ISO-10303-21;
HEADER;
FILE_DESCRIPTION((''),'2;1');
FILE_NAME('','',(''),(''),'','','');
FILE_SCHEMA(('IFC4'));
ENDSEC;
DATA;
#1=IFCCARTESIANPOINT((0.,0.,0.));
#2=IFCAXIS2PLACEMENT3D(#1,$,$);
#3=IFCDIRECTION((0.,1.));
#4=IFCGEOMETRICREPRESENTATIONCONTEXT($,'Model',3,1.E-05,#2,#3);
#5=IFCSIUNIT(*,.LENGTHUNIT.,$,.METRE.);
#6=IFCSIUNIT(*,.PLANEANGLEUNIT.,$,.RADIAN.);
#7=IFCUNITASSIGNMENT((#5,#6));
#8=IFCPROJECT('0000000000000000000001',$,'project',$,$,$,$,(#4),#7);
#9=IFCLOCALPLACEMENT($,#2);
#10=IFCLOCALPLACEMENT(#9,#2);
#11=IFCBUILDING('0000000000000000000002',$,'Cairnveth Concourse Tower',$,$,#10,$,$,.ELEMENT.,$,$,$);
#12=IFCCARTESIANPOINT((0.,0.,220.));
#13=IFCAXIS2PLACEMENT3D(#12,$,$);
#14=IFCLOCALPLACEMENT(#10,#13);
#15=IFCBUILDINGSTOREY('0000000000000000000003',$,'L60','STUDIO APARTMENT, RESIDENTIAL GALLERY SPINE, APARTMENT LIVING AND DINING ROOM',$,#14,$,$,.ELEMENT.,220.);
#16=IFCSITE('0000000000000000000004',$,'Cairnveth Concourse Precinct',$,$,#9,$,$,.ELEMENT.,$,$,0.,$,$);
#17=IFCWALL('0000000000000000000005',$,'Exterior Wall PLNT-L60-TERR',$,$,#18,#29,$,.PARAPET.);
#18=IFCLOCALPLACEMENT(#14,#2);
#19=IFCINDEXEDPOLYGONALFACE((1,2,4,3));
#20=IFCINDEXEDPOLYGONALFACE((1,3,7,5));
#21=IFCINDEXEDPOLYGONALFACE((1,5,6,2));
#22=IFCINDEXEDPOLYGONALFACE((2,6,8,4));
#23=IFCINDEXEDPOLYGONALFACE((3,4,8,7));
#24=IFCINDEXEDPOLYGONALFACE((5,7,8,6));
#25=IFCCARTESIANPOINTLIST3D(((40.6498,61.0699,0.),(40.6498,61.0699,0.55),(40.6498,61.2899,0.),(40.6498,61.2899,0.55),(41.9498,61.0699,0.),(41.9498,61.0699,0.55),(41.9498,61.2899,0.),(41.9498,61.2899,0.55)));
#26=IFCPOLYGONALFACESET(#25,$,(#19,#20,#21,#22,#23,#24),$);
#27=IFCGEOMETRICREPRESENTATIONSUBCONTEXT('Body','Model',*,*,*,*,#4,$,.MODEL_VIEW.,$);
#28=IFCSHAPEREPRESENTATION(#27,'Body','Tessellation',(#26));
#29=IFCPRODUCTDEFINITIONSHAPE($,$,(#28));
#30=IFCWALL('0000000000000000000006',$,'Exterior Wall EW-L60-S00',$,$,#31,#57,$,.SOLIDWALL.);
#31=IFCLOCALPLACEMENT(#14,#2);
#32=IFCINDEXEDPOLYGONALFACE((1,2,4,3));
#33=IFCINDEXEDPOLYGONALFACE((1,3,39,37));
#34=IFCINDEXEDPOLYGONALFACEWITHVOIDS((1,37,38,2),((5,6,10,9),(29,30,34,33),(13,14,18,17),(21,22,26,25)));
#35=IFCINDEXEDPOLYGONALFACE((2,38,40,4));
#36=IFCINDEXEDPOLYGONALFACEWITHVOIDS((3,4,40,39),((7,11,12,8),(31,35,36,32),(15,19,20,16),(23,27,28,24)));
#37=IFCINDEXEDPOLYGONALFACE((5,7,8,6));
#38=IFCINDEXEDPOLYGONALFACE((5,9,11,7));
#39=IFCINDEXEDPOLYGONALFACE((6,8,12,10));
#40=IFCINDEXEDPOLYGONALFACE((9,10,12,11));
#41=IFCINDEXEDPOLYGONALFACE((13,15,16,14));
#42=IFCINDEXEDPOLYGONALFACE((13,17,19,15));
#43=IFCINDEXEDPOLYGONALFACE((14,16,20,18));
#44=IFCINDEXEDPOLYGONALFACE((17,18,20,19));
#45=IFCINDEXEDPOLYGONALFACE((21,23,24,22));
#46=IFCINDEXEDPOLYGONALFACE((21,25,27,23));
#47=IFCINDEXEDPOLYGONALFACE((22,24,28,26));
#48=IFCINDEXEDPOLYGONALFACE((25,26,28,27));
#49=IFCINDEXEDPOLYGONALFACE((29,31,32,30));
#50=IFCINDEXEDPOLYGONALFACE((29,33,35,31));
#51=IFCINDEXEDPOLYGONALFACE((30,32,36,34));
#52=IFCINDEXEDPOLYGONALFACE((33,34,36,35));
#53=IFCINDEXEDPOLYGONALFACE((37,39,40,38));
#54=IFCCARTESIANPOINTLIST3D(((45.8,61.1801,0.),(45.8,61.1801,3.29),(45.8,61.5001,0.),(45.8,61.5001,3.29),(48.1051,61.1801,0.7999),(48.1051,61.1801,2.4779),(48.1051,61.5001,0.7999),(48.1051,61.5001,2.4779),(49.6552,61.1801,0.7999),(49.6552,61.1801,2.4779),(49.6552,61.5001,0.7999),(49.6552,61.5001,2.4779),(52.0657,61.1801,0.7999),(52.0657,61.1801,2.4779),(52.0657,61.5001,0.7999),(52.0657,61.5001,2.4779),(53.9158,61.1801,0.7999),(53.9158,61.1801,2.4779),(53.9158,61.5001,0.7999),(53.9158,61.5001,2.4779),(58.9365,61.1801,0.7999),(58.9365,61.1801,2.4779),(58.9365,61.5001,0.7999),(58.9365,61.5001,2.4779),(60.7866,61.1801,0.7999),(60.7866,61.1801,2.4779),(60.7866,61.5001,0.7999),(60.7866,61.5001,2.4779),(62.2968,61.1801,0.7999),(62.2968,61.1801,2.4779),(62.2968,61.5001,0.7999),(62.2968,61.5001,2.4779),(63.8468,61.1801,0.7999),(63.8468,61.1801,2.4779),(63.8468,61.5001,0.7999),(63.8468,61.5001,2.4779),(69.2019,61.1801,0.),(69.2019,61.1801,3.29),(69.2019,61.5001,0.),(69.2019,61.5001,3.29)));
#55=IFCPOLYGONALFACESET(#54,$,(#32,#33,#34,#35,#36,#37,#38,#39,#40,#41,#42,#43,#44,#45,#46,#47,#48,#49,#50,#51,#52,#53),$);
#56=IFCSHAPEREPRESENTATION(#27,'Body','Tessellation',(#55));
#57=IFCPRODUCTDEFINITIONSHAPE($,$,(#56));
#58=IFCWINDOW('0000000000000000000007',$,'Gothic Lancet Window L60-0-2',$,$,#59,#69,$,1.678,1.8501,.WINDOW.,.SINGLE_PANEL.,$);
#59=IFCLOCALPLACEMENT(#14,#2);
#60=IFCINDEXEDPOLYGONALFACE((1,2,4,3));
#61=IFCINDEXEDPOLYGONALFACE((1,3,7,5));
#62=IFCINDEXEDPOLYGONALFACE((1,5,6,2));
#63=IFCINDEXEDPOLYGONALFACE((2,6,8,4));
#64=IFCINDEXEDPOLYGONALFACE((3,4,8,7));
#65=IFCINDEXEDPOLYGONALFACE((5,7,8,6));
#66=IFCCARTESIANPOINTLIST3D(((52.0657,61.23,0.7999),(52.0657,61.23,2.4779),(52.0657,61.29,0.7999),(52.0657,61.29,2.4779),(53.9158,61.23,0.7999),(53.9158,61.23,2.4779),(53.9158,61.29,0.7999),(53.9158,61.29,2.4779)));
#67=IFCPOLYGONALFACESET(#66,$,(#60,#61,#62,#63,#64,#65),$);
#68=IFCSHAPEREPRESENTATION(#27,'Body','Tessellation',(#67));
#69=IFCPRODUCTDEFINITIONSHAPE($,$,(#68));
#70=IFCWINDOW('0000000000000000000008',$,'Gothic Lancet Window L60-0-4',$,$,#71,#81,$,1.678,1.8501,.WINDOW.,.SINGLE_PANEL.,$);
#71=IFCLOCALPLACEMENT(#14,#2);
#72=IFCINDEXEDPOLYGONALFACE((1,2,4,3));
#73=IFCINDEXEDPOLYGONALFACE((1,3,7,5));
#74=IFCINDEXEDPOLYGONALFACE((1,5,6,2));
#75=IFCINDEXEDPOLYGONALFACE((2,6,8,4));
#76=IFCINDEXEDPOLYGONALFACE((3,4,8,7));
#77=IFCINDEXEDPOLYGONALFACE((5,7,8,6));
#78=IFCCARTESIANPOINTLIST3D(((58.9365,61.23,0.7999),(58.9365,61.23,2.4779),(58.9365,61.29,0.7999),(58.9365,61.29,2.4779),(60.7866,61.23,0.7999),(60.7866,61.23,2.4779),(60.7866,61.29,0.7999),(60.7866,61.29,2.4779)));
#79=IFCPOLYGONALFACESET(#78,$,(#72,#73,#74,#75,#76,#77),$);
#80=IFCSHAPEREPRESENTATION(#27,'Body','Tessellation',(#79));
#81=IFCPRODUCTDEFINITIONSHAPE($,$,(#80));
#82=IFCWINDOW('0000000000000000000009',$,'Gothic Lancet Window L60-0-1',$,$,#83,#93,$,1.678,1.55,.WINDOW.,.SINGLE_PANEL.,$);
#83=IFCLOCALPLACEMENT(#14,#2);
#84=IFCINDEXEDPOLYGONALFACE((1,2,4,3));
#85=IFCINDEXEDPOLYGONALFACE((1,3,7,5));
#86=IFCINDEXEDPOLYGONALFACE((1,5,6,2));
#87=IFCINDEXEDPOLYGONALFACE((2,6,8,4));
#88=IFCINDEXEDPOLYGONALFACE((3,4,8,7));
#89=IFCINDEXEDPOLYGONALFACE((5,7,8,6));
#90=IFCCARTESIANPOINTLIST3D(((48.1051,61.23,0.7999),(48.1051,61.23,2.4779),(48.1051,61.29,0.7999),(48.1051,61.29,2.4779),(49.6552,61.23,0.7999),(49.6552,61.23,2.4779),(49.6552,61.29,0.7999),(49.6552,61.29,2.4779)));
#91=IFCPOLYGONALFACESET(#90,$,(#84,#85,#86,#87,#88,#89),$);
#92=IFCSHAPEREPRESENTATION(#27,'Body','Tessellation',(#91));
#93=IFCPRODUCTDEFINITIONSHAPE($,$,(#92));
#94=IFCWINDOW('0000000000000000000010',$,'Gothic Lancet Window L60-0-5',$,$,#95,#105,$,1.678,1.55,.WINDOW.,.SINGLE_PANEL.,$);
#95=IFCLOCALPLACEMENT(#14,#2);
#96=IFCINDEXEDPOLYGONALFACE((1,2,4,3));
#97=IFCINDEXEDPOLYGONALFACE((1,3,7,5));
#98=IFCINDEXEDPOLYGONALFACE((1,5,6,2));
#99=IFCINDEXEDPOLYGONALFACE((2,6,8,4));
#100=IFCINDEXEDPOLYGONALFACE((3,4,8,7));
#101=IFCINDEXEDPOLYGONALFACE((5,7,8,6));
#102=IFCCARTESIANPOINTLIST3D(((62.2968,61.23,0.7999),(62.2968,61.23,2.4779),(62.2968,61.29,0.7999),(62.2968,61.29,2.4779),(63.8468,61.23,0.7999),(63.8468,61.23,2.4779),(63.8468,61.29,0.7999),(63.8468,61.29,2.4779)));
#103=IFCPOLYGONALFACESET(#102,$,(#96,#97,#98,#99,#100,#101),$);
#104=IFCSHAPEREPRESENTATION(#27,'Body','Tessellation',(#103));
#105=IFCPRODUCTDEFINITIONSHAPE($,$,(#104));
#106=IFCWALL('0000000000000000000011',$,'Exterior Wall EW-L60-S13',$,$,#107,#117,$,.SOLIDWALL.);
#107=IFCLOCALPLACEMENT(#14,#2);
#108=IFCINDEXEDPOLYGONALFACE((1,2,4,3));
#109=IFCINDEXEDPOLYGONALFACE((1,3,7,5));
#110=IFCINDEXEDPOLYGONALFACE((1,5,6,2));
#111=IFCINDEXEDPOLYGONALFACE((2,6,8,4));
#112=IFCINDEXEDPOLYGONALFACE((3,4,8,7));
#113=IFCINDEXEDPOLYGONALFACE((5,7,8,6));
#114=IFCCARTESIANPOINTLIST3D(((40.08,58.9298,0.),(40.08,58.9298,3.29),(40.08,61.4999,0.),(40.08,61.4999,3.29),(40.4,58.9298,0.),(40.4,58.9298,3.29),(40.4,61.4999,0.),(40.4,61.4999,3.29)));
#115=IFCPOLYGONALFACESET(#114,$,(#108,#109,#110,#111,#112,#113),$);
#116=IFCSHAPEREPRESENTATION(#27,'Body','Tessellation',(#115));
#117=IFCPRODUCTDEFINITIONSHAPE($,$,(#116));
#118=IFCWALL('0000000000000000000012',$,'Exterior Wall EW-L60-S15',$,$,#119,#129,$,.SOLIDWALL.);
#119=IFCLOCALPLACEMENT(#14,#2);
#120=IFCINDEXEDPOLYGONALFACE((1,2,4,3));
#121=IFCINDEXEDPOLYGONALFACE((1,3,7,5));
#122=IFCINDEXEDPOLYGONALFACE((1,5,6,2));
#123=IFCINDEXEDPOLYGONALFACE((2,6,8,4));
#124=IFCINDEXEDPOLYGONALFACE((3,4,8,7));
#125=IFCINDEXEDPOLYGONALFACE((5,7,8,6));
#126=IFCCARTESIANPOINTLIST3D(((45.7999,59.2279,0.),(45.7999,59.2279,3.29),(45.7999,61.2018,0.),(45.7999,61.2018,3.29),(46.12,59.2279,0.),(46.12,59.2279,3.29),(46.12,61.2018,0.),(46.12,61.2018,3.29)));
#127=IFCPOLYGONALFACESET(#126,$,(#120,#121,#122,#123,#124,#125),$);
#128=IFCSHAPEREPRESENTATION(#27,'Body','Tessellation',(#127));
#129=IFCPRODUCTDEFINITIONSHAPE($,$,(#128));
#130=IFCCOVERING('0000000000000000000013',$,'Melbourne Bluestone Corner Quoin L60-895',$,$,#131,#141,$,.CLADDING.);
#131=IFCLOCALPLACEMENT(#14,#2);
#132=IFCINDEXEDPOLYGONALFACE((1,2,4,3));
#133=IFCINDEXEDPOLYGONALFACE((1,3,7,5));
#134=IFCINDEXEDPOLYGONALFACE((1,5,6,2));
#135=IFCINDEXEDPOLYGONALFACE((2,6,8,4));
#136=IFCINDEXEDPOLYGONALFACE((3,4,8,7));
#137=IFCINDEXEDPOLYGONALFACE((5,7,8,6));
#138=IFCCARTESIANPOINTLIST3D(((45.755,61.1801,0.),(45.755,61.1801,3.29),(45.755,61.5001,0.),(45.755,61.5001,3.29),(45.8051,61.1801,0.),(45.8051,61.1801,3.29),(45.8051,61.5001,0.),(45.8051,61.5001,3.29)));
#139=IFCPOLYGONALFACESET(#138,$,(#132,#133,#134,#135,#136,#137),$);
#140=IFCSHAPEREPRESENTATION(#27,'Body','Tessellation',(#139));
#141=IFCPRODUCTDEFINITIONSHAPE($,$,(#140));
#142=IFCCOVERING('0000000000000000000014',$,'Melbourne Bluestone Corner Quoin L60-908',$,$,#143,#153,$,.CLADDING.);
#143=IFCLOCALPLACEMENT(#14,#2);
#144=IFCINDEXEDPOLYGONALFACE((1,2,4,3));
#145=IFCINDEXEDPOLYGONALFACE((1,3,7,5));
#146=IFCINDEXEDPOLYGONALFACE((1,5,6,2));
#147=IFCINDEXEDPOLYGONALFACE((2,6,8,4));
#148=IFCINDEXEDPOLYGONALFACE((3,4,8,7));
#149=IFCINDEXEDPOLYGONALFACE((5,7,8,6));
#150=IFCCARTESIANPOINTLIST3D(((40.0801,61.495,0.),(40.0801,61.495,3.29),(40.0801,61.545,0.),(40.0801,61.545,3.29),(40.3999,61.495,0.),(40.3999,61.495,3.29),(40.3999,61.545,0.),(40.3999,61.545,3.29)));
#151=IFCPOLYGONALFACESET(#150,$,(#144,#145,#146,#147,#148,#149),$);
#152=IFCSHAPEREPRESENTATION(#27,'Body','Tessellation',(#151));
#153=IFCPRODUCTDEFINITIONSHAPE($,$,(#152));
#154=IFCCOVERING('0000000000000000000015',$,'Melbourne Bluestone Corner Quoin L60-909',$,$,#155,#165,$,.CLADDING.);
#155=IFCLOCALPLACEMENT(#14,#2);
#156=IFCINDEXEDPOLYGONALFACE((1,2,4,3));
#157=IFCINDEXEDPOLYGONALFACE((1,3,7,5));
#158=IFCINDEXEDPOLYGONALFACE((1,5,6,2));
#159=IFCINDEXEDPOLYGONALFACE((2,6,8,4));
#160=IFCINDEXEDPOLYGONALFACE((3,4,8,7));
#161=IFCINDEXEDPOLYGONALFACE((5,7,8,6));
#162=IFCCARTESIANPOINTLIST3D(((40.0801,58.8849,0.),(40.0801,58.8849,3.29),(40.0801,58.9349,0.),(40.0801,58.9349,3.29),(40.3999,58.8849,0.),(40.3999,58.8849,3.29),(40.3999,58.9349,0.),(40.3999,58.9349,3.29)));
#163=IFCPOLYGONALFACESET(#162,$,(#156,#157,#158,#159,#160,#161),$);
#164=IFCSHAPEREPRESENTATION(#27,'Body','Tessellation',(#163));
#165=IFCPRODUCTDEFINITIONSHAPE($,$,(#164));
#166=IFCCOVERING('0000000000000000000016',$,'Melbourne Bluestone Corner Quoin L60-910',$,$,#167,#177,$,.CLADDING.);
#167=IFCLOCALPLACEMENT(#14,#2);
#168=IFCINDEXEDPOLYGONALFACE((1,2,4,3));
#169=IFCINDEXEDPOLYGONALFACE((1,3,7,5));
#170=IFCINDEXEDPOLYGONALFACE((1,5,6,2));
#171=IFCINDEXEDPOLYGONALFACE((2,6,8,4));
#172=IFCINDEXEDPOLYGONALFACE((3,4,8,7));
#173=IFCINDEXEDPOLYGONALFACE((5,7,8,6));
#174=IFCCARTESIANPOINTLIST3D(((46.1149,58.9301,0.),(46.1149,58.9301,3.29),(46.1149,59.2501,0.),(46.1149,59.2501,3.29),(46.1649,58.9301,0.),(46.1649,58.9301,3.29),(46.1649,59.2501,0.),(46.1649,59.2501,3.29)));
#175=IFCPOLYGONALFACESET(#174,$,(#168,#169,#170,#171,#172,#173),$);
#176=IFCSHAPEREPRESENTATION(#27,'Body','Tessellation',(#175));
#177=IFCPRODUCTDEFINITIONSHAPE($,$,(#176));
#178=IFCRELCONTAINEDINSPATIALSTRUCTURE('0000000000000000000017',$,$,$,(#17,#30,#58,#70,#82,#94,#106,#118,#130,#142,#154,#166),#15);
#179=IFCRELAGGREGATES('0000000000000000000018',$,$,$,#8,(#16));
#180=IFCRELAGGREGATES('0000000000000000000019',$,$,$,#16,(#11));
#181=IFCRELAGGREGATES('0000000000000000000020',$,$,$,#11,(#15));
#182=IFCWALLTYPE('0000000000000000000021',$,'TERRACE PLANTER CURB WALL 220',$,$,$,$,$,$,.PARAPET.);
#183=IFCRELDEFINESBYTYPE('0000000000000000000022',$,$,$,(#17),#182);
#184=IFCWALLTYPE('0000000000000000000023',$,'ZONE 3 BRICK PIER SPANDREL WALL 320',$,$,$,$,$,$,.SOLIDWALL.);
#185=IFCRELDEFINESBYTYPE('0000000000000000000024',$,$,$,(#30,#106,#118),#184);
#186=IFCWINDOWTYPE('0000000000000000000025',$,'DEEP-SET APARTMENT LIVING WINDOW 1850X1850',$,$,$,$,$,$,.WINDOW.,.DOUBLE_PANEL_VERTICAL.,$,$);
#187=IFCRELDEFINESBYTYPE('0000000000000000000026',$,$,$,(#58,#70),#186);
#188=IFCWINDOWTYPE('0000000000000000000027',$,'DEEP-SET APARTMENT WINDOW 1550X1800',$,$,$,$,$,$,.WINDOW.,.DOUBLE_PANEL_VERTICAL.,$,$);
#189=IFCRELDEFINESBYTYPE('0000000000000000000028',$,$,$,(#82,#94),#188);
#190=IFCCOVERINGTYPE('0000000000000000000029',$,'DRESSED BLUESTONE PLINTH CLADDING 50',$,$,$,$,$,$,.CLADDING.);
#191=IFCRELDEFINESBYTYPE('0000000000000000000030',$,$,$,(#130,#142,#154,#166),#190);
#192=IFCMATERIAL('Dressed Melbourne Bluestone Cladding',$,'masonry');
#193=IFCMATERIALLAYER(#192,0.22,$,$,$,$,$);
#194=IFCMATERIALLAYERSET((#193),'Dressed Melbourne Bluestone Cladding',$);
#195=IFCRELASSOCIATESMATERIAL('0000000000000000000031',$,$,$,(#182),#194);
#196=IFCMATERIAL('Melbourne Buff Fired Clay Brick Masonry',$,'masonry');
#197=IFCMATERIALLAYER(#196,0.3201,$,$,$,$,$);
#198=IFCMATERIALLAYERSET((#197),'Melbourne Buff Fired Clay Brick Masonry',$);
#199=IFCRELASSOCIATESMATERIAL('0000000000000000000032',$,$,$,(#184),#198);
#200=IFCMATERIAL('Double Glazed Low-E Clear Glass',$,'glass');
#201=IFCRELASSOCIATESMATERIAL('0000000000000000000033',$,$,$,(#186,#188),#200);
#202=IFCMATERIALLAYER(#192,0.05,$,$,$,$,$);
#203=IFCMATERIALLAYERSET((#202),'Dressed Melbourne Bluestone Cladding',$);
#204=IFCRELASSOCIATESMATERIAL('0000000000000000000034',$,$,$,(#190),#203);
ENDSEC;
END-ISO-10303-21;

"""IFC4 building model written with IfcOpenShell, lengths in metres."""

from ifc_helpers import new_model, si_unit, direction, frame, frame_2d, origin, place, context, subcontext, project, spatial, rectangle, extrude, material, layer, layer_set, type_object, element, fill, save


model = new_model("IFC4")

# Units and contexts
model_context = context("Model", 3, precision=1e-05, world=origin(), true_north=direction((0.0, 1.0)))
body_context = subcontext(model_context, "Body", "Model", "MODEL_VIEW")
ifc_project = project(units=[si_unit("LENGTHUNIT", "METRE"), si_unit("PLANEANGLEUNIT", "RADIAN")], contexts=[model_context])

# Site, building, storey
site_placement = place(None, origin())
site = spatial("IfcSite", under=ifc_project, at=site_placement, Name="Cairnveth Concourse Precinct", CompositionType="ELEMENT", RefElevation=0.0)
building_placement = place(site_placement, origin())
building = spatial("IfcBuilding", under=site, at=building_placement, Name="Cairnveth Concourse Tower", CompositionType="ELEMENT")
storey_placement = place(building_placement, frame((0.0, 0.0, 220.0)))
storey = spatial("IfcBuildingStorey", under=building, at=storey_placement, Name="L60", Description="STUDIO APARTMENT, RESIDENTIAL GALLERY SPINE, APARTMENT LIVING AND DINING ROOM", CompositionType="ELEMENT", Elevation=220.0)

# Wall
ifc_material_1 = material(Name="Dressed Melbourne Bluestone Cladding", Category="masonry")
ifc_layer_1 = layer(ifc_material_1, 0.22)
ifc_layer_set_1 = layer_set([ifc_layer_1], Name="Dressed Melbourne Bluestone Cladding")
wall_type_1 = type_object("IfcWallType", Name="TERRACE PLANTER CURB WALL 220", PredefinedType="PARAPET", material=ifc_layer_set_1)
wall_1_placement = place(storey_placement, frame((40.6499, 61.1799, 0.0), z_axis=(0.0, 0.0, 1.0), x_axis=(1.0, 0.0, 0.0)))
element("IfcWall", 1, at=wall_1_placement, inside=storey, type_object=wall_type_1, Name="Exterior Wall PLNT-L60-TERR", PredefinedType="PARAPET", context=body_context, shape_type="SweptSolid", body=[
    extrude(rectangle(XDim=1.3, YDim=0.22, at=frame_2d((0.6499, 0.0))), origin(), (0.0, 0.0, 1.0), 0.55),
])

# Wall, openings, windows
ifc_material_2 = material(Name="Melbourne Buff Fired Clay Brick Masonry", Category="masonry")
ifc_layer_2 = layer(ifc_material_2, 0.3201)
ifc_layer_set_2 = layer_set([ifc_layer_2], Name="Melbourne Buff Fired Clay Brick Masonry")
wall_type_2 = type_object("IfcWallType", Name="ZONE 3 BRICK PIER SPANDREL WALL 320", PredefinedType="SOLIDWALL", material=ifc_layer_set_2)
wall_2_placement = place(storey_placement, frame((45.8, 61.3401, 0.0), z_axis=(0.0, 0.0, 1.0), x_axis=(1.0, 0.0, 0.0)))
wall_2 = element("IfcWall", 2, at=wall_2_placement, inside=storey, type_object=wall_type_2, Name="Exterior Wall EW-L60-S00", PredefinedType="SOLIDWALL", context=body_context, shape_type="SweptSolid", body=[
    extrude(rectangle(XDim=23.4019, YDim=0.3201, at=frame_2d((11.7009, 0.0))), origin(), (0.0, 0.0, 1.0), 3.29),
])
opening_1_placement = place(wall_2_placement, frame((2.3052, 0.0, 0.8)))
opening_1 = element("IfcOpeningElement", 3, at=opening_1_placement, cuts=wall_2, PredefinedType="OPENING", context=body_context, shape_type="SweptSolid", body=[
    extrude(rectangle(XDim=1.55, YDim=1.678, at=frame_2d((0.7749, 0.8389))), frame((0.0, 0.1699, 0.0), z_axis=(0.0, -1.0, 0.0), x_axis=(1.0, 0.0, 0.0)), (0.0, 0.0, 1.0), 0.3401),
])
opening_2_placement = place(wall_2_placement, frame((6.2656, 0.0, 0.8)))
opening_2 = element("IfcOpeningElement", 4, at=opening_2_placement, cuts=wall_2, PredefinedType="OPENING", context=body_context, shape_type="SweptSolid", body=[
    extrude(rectangle(XDim=1.8501, YDim=1.678, at=frame_2d((0.925, 0.8389))), frame((0.0, 0.1699, 0.0), z_axis=(0.0, -1.0, 0.0), x_axis=(1.0, 0.0, 0.0)), (0.0, 0.0, 1.0), 0.3401),
])
opening_3_placement = place(wall_2_placement, frame((13.1365, 0.0, 0.8)))
opening_3 = element("IfcOpeningElement", 5, at=opening_3_placement, cuts=wall_2, PredefinedType="OPENING", context=body_context, shape_type="SweptSolid", body=[
    extrude(rectangle(XDim=1.8501, YDim=1.678, at=frame_2d((0.925, 0.8389))), frame((0.0, 0.1699, 0.0), z_axis=(0.0, -1.0, 0.0), x_axis=(1.0, 0.0, 0.0)), (0.0, 0.0, 1.0), 0.3401),
])
opening_4_placement = place(wall_2_placement, frame((16.4968, 0.0, 0.8)))
opening_4 = element("IfcOpeningElement", 6, at=opening_4_placement, cuts=wall_2, PredefinedType="OPENING", context=body_context, shape_type="SweptSolid", body=[
    extrude(rectangle(XDim=1.55, YDim=1.678, at=frame_2d((0.7749, 0.8389))), frame((0.0, 0.1699, 0.0), z_axis=(0.0, -1.0, 0.0), x_axis=(1.0, 0.0, 0.0)), (0.0, 0.0, 1.0), 0.3401),
])
ifc_material_3 = material(Name="Double Glazed Low-E Clear Glass", Category="glass")
window_type_1 = type_object("IfcWindowType", Name="DEEP-SET APARTMENT LIVING WINDOW 1850X1850", PartitioningType="DOUBLE_PANEL_VERTICAL", PredefinedType="WINDOW", material=ifc_material_3)
window_1_placement = place(opening_2_placement, origin())
window_1 = element("IfcWindow", 7, at=window_1_placement, inside=storey, type_object=window_type_1, Name="Gothic Lancet Window L60-0-2", OverallHeight=1.678, OverallWidth=1.8501, PartitioningType="SINGLE_PANEL", PredefinedType="WINDOW", context=body_context, shape_type="SweptSolid", body=[
    extrude(rectangle(XDim=1.8501, YDim=1.678, at=frame_2d((0.925, 0.8389))), frame((0.0, -0.05, 0.0), z_axis=(0.0, -1.0, 0.0), x_axis=(1.0, 0.0, 0.0)), (0.0, 0.0, 1.0), 0.0601),
])
fill(opening_2, window_1)
window_2_placement = place(opening_3_placement, origin())
window_2 = element("IfcWindow", 8, at=window_2_placement, inside=storey, type_object=window_type_1, Name="Gothic Lancet Window L60-0-4", OverallHeight=1.678, OverallWidth=1.8501, PartitioningType="SINGLE_PANEL", PredefinedType="WINDOW", context=body_context, shape_type="SweptSolid", body=[
    extrude(rectangle(XDim=1.8501, YDim=1.678, at=frame_2d((0.925, 0.8389))), frame((0.0, -0.05, 0.0), z_axis=(0.0, -1.0, 0.0), x_axis=(1.0, 0.0, 0.0)), (0.0, 0.0, 1.0), 0.0601),
])
fill(opening_3, window_2)
window_type_2 = type_object("IfcWindowType", Name="DEEP-SET APARTMENT WINDOW 1550X1800", PartitioningType="DOUBLE_PANEL_VERTICAL", PredefinedType="WINDOW", material=ifc_material_3)
window_3_placement = place(opening_1_placement, origin())
window_3 = element("IfcWindow", 9, at=window_3_placement, inside=storey, type_object=window_type_2, Name="Gothic Lancet Window L60-0-1", OverallHeight=1.678, OverallWidth=1.55, PartitioningType="SINGLE_PANEL", PredefinedType="WINDOW", context=body_context, shape_type="SweptSolid", body=[
    extrude(rectangle(XDim=1.55, YDim=1.678, at=frame_2d((0.7749, 0.8389))), frame((0.0, -0.05, 0.0), z_axis=(0.0, -1.0, 0.0), x_axis=(1.0, 0.0, 0.0)), (0.0, 0.0, 1.0), 0.0601),
])
fill(opening_1, window_3)
window_4_placement = place(opening_4_placement, origin())
window_4 = element("IfcWindow", 10, at=window_4_placement, inside=storey, type_object=window_type_2, Name="Gothic Lancet Window L60-0-5", OverallHeight=1.678, OverallWidth=1.55, PartitioningType="SINGLE_PANEL", PredefinedType="WINDOW", context=body_context, shape_type="SweptSolid", body=[
    extrude(rectangle(XDim=1.55, YDim=1.678, at=frame_2d((0.7749, 0.8389))), frame((0.0, -0.05, 0.0), z_axis=(0.0, -1.0, 0.0), x_axis=(1.0, 0.0, 0.0)), (0.0, 0.0, 1.0), 0.0601),
])
fill(opening_4, window_4)

# Wall
wall_3_placement = place(storey_placement, frame((40.24, 61.5, 0.0), z_axis=(0.0, 0.0, 1.0), x_axis=(0.0, -1.0, 0.0)))
element("IfcWall", 11, at=wall_3_placement, inside=storey, type_object=wall_type_2, Name="Exterior Wall EW-L60-S13", PredefinedType="SOLIDWALL", context=body_context, shape_type="SweptSolid", body=[
    extrude(rectangle(XDim=2.5701, YDim=0.3201, at=frame_2d((1.2852, 0.0))), origin(), (0.0, 0.0, 1.0), 3.29),
])

# Wall
wall_4_placement = place(storey_placement, frame((45.96, 59.228, 0.0), z_axis=(0.0, 0.0, 1.0), x_axis=(0.0, 1.0, 0.0)))
element("IfcWall", 12, at=wall_4_placement, inside=storey, type_object=wall_type_2, Name="Exterior Wall EW-L60-S15", PredefinedType="SOLIDWALL", context=body_context, shape_type="SweptSolid", body=[
    extrude(rectangle(XDim=1.9739, YDim=0.3201, at=frame_2d((0.9868, 0.0))), origin(), (0.0, 0.0, 1.0), 3.29),
])

# Coverings
ifc_layer_3 = layer(ifc_material_1, 0.05)
ifc_layer_set_3 = layer_set([ifc_layer_3], Name="Dressed Melbourne Bluestone Cladding")
covering_type = type_object("IfcCoveringType", Name="DRESSED BLUESTONE PLINTH CLADDING 50", PredefinedType="CLADDING", material=ifc_layer_set_3)
covering_1_placement = place(storey_placement, frame((45.78, 61.1799, 0.0), z_axis=(0.0, 0.0, 1.0), x_axis=(0.0, 1.0, 0.0)))
element("IfcCovering", 13, at=covering_1_placement, inside=storey, type_object=covering_type, Name="Melbourne Bluestone Corner Quoin L60-895", PredefinedType="CLADDING", context=body_context, shape_type="SweptSolid", body=[
    extrude(rectangle(XDim=0.3201, YDim=0.05, at=frame_2d((0.1602, 0.0))), origin(), (0.0, 0.0, 1.0), 3.29),
])
for number, where, z_axis, x_axis, name in (
    (14, (40.0801, 61.52, 0.0), (0.0, 0.0, 1.0), (1.0, 0.0, 0.0), "Melbourne Bluestone Corner Quoin L60-908"),
    (15, (40.0801, 58.9099, 0.0), (0.0, 0.0, 1.0), (1.0, 0.0, 0.0), "Melbourne Bluestone Corner Quoin L60-909"),
):
    element("IfcCovering", number, at=place(storey_placement, frame(where, z_axis=z_axis, x_axis=x_axis)), inside=storey, type_object=covering_type, Name=name, PredefinedType="CLADDING", context=body_context, shape_type="SweptSolid", body=[
        extrude(rectangle(XDim=0.3198, YDim=0.05, at=frame_2d((0.1599, 0.0))), origin(), (0.0, 0.0, 1.0), 3.29),
    ])
covering_2_placement = place(storey_placement, frame((46.1399, 58.9299, 0.0), z_axis=(0.0, 0.0, 1.0), x_axis=(0.0, 1.0, 0.0)))
element("IfcCovering", 16, at=covering_2_placement, inside=storey, type_object=covering_type, Name="Melbourne Bluestone Corner Quoin L60-910", PredefinedType="CLADDING", context=body_context, shape_type="SweptSolid", body=[
    extrude(rectangle(XDim=0.3201, YDim=0.05, at=frame_2d((0.1602, 0.0))), origin(), (0.0, 0.0, 1.0), 3.29),
])

save(model, "model.ifc")
